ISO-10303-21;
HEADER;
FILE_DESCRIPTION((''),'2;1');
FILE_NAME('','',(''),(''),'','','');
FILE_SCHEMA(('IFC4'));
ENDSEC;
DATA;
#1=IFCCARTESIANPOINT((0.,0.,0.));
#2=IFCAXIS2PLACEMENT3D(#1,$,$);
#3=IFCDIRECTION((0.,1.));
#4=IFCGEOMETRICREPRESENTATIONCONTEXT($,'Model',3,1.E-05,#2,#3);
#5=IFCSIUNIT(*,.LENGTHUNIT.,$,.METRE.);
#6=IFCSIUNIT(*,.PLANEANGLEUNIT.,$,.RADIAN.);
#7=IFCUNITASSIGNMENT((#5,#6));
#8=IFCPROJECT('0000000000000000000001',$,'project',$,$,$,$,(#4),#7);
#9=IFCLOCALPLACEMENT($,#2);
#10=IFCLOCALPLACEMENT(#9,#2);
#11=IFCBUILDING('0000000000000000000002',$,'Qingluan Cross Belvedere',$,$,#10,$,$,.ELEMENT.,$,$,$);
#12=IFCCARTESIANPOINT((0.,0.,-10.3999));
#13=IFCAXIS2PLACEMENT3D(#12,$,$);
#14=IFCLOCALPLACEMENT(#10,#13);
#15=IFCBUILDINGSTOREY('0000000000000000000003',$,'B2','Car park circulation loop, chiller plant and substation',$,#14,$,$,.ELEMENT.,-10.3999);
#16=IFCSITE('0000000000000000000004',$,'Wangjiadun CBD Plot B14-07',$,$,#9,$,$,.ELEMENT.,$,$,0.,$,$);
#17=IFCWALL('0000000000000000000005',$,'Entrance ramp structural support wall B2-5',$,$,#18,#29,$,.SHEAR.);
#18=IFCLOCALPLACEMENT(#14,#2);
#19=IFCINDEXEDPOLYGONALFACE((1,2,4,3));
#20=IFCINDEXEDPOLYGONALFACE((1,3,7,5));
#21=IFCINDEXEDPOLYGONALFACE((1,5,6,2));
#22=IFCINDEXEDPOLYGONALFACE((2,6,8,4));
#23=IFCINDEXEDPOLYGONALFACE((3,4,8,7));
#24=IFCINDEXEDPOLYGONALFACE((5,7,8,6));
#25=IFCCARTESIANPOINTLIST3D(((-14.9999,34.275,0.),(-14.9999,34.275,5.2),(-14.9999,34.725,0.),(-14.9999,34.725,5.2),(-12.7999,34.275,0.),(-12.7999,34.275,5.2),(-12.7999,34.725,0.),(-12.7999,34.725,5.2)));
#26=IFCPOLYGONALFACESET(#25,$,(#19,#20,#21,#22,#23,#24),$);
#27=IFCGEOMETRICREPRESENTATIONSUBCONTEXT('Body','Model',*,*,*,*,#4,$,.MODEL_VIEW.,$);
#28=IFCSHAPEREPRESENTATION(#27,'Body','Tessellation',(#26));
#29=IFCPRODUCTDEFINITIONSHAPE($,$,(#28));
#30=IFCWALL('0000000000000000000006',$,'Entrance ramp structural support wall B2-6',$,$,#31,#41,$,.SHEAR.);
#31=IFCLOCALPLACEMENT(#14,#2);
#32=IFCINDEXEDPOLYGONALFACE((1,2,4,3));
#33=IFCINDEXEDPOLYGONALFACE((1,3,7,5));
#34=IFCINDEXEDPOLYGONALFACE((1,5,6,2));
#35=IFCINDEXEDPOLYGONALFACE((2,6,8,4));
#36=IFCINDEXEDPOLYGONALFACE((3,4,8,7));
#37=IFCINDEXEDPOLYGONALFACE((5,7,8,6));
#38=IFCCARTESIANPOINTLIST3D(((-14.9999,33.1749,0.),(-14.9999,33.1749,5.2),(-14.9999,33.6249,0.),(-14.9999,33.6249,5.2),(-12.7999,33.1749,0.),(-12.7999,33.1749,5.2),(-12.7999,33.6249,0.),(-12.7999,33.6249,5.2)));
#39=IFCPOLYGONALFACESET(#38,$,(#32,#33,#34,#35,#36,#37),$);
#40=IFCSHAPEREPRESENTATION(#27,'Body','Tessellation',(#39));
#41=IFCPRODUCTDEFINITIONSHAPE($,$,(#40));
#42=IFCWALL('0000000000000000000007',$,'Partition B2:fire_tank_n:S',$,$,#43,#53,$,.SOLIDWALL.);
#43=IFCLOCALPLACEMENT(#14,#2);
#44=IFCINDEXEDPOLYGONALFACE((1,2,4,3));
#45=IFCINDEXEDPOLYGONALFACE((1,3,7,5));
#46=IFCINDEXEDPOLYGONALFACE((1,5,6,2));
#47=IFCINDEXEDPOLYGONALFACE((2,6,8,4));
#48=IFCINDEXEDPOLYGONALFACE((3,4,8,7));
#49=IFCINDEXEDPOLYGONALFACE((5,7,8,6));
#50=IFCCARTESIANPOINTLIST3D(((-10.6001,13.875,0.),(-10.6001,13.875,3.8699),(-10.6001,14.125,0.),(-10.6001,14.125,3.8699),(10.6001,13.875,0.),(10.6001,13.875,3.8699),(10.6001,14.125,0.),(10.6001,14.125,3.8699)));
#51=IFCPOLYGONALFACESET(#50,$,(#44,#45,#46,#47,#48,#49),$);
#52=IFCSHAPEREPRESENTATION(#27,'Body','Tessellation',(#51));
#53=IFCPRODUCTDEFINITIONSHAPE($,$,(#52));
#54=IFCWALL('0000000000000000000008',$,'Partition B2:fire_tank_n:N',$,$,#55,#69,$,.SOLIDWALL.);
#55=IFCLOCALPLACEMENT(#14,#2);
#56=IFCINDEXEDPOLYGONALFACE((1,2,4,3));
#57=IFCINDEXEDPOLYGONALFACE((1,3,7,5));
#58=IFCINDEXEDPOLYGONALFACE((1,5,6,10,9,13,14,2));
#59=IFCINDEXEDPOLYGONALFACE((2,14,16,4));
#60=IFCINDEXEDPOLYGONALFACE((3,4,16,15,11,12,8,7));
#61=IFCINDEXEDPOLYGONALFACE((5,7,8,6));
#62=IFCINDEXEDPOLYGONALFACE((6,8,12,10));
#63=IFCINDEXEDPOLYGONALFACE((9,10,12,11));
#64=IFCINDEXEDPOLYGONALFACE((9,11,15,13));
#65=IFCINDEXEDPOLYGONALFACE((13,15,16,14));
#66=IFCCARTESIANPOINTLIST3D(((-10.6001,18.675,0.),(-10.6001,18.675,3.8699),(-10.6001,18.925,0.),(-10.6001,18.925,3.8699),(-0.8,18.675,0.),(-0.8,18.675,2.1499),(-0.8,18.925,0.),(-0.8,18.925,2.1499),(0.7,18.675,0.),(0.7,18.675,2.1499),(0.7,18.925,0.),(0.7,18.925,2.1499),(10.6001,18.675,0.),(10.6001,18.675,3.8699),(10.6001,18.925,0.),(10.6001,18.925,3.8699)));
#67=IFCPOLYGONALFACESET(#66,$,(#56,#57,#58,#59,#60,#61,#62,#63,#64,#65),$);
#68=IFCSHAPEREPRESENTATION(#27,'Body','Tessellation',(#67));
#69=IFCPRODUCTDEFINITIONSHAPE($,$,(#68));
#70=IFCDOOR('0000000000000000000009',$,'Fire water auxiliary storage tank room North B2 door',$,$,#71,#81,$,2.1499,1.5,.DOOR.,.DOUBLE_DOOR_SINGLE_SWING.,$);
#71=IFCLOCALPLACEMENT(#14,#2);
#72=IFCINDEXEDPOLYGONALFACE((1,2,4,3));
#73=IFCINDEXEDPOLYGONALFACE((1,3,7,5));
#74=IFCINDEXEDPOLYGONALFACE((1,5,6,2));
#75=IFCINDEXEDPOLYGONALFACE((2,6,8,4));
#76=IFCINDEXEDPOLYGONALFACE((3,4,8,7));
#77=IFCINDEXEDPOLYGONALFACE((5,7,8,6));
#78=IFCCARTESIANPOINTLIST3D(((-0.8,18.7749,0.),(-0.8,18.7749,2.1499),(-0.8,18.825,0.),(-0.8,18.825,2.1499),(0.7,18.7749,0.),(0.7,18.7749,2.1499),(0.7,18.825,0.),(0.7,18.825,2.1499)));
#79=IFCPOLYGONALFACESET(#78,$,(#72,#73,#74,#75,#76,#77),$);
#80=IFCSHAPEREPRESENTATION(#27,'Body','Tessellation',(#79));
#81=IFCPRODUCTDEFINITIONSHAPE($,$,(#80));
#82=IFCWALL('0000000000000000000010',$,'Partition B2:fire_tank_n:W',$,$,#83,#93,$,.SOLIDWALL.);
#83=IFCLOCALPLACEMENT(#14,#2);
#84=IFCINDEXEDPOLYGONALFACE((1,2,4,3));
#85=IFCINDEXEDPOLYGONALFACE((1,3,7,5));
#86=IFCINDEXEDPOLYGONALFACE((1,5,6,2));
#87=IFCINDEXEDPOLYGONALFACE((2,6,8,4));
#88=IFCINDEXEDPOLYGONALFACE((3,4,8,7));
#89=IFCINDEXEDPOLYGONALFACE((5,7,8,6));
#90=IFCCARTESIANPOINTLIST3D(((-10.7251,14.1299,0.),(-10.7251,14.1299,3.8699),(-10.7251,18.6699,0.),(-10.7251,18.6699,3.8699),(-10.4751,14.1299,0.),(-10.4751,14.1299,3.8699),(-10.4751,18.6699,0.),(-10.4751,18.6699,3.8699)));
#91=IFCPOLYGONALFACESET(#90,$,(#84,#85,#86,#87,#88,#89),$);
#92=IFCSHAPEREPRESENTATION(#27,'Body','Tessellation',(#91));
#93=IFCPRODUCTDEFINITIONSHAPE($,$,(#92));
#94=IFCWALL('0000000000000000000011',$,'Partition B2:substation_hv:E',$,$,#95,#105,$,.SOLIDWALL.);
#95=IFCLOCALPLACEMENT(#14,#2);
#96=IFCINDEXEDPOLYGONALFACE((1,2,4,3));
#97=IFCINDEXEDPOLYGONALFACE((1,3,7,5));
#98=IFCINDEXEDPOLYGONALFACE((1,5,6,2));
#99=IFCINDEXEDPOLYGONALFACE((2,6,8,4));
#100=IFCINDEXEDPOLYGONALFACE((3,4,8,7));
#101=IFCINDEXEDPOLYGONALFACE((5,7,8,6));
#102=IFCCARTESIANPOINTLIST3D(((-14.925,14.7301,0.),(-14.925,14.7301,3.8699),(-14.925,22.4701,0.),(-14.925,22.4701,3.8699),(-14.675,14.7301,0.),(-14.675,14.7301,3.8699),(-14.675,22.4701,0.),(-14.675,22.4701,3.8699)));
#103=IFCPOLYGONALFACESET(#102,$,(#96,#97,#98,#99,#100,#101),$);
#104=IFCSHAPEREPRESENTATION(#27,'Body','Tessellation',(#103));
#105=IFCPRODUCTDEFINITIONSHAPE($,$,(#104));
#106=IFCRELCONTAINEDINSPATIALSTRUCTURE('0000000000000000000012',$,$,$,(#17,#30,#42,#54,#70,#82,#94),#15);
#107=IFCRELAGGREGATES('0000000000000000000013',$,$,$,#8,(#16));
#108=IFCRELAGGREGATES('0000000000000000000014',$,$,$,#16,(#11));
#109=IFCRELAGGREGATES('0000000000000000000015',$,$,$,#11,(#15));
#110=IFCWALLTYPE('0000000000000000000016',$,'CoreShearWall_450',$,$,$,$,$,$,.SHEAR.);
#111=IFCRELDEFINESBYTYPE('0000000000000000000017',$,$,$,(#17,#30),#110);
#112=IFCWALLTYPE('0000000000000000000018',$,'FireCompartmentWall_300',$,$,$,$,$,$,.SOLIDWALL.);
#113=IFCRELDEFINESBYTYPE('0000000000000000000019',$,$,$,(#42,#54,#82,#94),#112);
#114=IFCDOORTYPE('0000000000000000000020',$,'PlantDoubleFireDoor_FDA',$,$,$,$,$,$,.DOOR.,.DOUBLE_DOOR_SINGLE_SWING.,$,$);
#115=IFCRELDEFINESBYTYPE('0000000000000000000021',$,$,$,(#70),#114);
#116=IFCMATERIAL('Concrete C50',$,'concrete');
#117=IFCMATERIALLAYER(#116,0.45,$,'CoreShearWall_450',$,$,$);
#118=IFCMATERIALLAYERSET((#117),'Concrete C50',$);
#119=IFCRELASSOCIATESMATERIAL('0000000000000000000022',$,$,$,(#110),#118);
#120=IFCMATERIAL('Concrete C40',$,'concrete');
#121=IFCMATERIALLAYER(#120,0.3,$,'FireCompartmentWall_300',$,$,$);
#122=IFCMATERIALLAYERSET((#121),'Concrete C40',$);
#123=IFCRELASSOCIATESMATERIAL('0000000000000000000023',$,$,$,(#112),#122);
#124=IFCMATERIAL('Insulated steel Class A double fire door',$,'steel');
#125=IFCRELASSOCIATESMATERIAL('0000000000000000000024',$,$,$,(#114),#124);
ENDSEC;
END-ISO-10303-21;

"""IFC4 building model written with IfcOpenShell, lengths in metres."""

from ifc_helpers import new_model, si_unit, direction, frame, frame_2d, origin, place, context, subcontext, project, spatial, rectangle, extrude, material, layer, layer_set, type_object, element, fill, save


model = new_model("IFC4")

# Units and contexts
model_context = context("Model", 3, precision=1e-05, world=origin(), true_north=direction((0.0, 1.0)))
body_context = subcontext(model_context, "Body", "Model", "MODEL_VIEW")
ifc_project = project(units=[si_unit("LENGTHUNIT", "METRE"), si_unit("PLANEANGLEUNIT", "RADIAN")], contexts=[model_context])

# Site, building, storey
site_placement = place(None, origin())
site = spatial("IfcSite", under=ifc_project, at=site_placement, Name="Wangjiadun CBD Plot B14-07", CompositionType="ELEMENT", RefElevation=0.0)
building_placement = place(site_placement, origin())
building = spatial("IfcBuilding", under=site, at=building_placement, Name="Qingluan Cross Belvedere", CompositionType="ELEMENT")
storey_placement = place(building_placement, frame((0.0, 0.0, -10.3999)))
storey = spatial("IfcBuildingStorey", under=building, at=storey_placement, Name="B2", Description="Car park circulation loop, chiller plant and substation", CompositionType="ELEMENT", Elevation=-10.3999)

# Walls
ifc_material_1 = material(Name="Concrete C50", Category="concrete")
ifc_layer_1 = layer(ifc_material_1, 0.45, Name="CoreShearWall_450")
ifc_layer_set_1 = layer_set([ifc_layer_1], Name="Concrete C50")
wall_type_1 = type_object("IfcWallType", Name="CoreShearWall_450", PredefinedType="SHEAR", material=ifc_layer_set_1)
for number, where, z_axis, x_axis, name in (
    (1, (-15.0, 34.5, 0.0), (0.0, 0.0, 1.0), (1.0, 0.0, 0.0), "Entrance ramp structural support wall B2-5"),
    (2, (-15.0, 33.3999, 0.0), (0.0, 0.0, 1.0), (1.0, 0.0, 0.0), "Entrance ramp structural support wall B2-6"),
):
    element("IfcWall", number, at=place(storey_placement, frame(where, z_axis=z_axis, x_axis=x_axis)), inside=storey, type_object=wall_type_1, Name=name, PredefinedType="SHEAR", context=body_context, shape_type="SweptSolid", body=[
        extrude(rectangle(XDim=2.2, YDim=0.45, at=frame_2d((1.1001, 0.0))), origin(), (0.0, 0.0, 1.0), 5.2),
    ])
ifc_material_2 = material(Name="Concrete C40", Category="concrete")
ifc_layer_2 = layer(ifc_material_2, 0.3, Name="FireCompartmentWall_300")
ifc_layer_set_2 = layer_set([ifc_layer_2], Name="Concrete C40")
wall_type_2 = type_object("IfcWallType", Name="FireCompartmentWall_300", PredefinedType="SOLIDWALL", material=ifc_layer_set_2)
wall_1_placement = place(storey_placement, frame((-10.6001, 14.0, 0.0), z_axis=(0.0, 0.0, 1.0), x_axis=(1.0, 0.0, 0.0)))
element("IfcWall", 3, at=wall_1_placement, inside=storey, type_object=wall_type_2, Name="Partition B2:fire_tank_n:S", PredefinedType="SOLIDWALL", context=body_context, shape_type="SweptSolid", body=[
    extrude(rectangle(XDim=21.2002, YDim=0.25, at=frame_2d((10.6001, 0.0))), origin(), (0.0, 0.0, 1.0), 3.8699),
])

# Wall, opening, door
wall_2_placement = place(storey_placement, frame((-10.6001, 18.8, 0.0), z_axis=(0.0, 0.0, 1.0), x_axis=(1.0, 0.0, 0.0)))
wall_2 = element("IfcWall", 4, at=wall_2_placement, inside=storey, type_object=wall_type_2, Name="Partition B2:fire_tank_n:N", PredefinedType="SOLIDWALL", context=body_context, shape_type="SweptSolid", body=[
    extrude(rectangle(XDim=21.2002, YDim=0.25, at=frame_2d((10.6001, 0.0))), origin(), (0.0, 0.0, 1.0), 3.8699),
])
opening_placement = place(wall_2_placement, frame((9.8, 0.0, 0.0)))
opening = element("IfcOpeningElement", 5, at=opening_placement, cuts=wall_2, PredefinedType="OPENING", context=body_context, shape_type="SweptSolid", body=[
    extrude(rectangle(XDim=1.5, YDim=2.1499, at=frame_2d((0.75, 1.075))), frame((0.0, 0.135, 0.0), z_axis=(0.0, -1.0, 0.0), x_axis=(1.0, 0.0, 0.0)), (0.0, 0.0, 1.0), 0.27),
])
ifc_material_3 = material(Name="Insulated steel Class A double fire door", Category="steel")
door_type = type_object("IfcDoorType", Name="PlantDoubleFireDoor_FDA", OperationType="DOUBLE_DOOR_SINGLE_SWING", PredefinedType="DOOR", material=ifc_material_3)
door_placement = place(opening_placement, origin())
door = element("IfcDoor", 6, at=door_placement, inside=storey, type_object=door_type, Name="Fire water auxiliary storage tank room North B2 door", OperationType="DOUBLE_DOOR_SINGLE_SWING", OverallHeight=2.1499, OverallWidth=1.5, PredefinedType="DOOR", context=body_context, shape_type="SweptSolid", body=[
    extrude(rectangle(XDim=1.5, YDim=2.1499, at=frame_2d((0.75, 1.075))), frame((0.0, 0.0249, 0.0), z_axis=(0.0, -1.0, 0.0), x_axis=(1.0, 0.0, 0.0)), (0.0, 0.0, 1.0), 0.05),
])
fill(opening, door)

# Walls
wall_3_placement = place(storey_placement, frame((-10.6001, 14.1299, 0.0), z_axis=(0.0, 0.0, 1.0), x_axis=(0.0, 1.0, 0.0)))
element("IfcWall", 7, at=wall_3_placement, inside=storey, type_object=wall_type_2, Name="Partition B2:fire_tank_n:W", PredefinedType="SOLIDWALL", context=body_context, shape_type="SweptSolid", body=[
    extrude(rectangle(XDim=4.54, YDim=0.25, at=frame_2d((2.27, 0.0))), origin(), (0.0, 0.0, 1.0), 3.8699),
])
wall_4_placement = place(storey_placement, frame((-14.8, 14.73, 0.0), z_axis=(0.0, 0.0, 1.0), x_axis=(0.0, 1.0, 0.0)))
element("IfcWall", 8, at=wall_4_placement, inside=storey, type_object=wall_type_2, Name="Partition B2:substation_hv:E", PredefinedType="SOLIDWALL", context=body_context, shape_type="SweptSolid", body=[
    extrude(rectangle(XDim=7.74, YDim=0.25, at=frame_2d((3.8701, 0.0))), origin(), (0.0, 0.0, 1.0), 3.8699),
])

save(model, "model.ifc")
